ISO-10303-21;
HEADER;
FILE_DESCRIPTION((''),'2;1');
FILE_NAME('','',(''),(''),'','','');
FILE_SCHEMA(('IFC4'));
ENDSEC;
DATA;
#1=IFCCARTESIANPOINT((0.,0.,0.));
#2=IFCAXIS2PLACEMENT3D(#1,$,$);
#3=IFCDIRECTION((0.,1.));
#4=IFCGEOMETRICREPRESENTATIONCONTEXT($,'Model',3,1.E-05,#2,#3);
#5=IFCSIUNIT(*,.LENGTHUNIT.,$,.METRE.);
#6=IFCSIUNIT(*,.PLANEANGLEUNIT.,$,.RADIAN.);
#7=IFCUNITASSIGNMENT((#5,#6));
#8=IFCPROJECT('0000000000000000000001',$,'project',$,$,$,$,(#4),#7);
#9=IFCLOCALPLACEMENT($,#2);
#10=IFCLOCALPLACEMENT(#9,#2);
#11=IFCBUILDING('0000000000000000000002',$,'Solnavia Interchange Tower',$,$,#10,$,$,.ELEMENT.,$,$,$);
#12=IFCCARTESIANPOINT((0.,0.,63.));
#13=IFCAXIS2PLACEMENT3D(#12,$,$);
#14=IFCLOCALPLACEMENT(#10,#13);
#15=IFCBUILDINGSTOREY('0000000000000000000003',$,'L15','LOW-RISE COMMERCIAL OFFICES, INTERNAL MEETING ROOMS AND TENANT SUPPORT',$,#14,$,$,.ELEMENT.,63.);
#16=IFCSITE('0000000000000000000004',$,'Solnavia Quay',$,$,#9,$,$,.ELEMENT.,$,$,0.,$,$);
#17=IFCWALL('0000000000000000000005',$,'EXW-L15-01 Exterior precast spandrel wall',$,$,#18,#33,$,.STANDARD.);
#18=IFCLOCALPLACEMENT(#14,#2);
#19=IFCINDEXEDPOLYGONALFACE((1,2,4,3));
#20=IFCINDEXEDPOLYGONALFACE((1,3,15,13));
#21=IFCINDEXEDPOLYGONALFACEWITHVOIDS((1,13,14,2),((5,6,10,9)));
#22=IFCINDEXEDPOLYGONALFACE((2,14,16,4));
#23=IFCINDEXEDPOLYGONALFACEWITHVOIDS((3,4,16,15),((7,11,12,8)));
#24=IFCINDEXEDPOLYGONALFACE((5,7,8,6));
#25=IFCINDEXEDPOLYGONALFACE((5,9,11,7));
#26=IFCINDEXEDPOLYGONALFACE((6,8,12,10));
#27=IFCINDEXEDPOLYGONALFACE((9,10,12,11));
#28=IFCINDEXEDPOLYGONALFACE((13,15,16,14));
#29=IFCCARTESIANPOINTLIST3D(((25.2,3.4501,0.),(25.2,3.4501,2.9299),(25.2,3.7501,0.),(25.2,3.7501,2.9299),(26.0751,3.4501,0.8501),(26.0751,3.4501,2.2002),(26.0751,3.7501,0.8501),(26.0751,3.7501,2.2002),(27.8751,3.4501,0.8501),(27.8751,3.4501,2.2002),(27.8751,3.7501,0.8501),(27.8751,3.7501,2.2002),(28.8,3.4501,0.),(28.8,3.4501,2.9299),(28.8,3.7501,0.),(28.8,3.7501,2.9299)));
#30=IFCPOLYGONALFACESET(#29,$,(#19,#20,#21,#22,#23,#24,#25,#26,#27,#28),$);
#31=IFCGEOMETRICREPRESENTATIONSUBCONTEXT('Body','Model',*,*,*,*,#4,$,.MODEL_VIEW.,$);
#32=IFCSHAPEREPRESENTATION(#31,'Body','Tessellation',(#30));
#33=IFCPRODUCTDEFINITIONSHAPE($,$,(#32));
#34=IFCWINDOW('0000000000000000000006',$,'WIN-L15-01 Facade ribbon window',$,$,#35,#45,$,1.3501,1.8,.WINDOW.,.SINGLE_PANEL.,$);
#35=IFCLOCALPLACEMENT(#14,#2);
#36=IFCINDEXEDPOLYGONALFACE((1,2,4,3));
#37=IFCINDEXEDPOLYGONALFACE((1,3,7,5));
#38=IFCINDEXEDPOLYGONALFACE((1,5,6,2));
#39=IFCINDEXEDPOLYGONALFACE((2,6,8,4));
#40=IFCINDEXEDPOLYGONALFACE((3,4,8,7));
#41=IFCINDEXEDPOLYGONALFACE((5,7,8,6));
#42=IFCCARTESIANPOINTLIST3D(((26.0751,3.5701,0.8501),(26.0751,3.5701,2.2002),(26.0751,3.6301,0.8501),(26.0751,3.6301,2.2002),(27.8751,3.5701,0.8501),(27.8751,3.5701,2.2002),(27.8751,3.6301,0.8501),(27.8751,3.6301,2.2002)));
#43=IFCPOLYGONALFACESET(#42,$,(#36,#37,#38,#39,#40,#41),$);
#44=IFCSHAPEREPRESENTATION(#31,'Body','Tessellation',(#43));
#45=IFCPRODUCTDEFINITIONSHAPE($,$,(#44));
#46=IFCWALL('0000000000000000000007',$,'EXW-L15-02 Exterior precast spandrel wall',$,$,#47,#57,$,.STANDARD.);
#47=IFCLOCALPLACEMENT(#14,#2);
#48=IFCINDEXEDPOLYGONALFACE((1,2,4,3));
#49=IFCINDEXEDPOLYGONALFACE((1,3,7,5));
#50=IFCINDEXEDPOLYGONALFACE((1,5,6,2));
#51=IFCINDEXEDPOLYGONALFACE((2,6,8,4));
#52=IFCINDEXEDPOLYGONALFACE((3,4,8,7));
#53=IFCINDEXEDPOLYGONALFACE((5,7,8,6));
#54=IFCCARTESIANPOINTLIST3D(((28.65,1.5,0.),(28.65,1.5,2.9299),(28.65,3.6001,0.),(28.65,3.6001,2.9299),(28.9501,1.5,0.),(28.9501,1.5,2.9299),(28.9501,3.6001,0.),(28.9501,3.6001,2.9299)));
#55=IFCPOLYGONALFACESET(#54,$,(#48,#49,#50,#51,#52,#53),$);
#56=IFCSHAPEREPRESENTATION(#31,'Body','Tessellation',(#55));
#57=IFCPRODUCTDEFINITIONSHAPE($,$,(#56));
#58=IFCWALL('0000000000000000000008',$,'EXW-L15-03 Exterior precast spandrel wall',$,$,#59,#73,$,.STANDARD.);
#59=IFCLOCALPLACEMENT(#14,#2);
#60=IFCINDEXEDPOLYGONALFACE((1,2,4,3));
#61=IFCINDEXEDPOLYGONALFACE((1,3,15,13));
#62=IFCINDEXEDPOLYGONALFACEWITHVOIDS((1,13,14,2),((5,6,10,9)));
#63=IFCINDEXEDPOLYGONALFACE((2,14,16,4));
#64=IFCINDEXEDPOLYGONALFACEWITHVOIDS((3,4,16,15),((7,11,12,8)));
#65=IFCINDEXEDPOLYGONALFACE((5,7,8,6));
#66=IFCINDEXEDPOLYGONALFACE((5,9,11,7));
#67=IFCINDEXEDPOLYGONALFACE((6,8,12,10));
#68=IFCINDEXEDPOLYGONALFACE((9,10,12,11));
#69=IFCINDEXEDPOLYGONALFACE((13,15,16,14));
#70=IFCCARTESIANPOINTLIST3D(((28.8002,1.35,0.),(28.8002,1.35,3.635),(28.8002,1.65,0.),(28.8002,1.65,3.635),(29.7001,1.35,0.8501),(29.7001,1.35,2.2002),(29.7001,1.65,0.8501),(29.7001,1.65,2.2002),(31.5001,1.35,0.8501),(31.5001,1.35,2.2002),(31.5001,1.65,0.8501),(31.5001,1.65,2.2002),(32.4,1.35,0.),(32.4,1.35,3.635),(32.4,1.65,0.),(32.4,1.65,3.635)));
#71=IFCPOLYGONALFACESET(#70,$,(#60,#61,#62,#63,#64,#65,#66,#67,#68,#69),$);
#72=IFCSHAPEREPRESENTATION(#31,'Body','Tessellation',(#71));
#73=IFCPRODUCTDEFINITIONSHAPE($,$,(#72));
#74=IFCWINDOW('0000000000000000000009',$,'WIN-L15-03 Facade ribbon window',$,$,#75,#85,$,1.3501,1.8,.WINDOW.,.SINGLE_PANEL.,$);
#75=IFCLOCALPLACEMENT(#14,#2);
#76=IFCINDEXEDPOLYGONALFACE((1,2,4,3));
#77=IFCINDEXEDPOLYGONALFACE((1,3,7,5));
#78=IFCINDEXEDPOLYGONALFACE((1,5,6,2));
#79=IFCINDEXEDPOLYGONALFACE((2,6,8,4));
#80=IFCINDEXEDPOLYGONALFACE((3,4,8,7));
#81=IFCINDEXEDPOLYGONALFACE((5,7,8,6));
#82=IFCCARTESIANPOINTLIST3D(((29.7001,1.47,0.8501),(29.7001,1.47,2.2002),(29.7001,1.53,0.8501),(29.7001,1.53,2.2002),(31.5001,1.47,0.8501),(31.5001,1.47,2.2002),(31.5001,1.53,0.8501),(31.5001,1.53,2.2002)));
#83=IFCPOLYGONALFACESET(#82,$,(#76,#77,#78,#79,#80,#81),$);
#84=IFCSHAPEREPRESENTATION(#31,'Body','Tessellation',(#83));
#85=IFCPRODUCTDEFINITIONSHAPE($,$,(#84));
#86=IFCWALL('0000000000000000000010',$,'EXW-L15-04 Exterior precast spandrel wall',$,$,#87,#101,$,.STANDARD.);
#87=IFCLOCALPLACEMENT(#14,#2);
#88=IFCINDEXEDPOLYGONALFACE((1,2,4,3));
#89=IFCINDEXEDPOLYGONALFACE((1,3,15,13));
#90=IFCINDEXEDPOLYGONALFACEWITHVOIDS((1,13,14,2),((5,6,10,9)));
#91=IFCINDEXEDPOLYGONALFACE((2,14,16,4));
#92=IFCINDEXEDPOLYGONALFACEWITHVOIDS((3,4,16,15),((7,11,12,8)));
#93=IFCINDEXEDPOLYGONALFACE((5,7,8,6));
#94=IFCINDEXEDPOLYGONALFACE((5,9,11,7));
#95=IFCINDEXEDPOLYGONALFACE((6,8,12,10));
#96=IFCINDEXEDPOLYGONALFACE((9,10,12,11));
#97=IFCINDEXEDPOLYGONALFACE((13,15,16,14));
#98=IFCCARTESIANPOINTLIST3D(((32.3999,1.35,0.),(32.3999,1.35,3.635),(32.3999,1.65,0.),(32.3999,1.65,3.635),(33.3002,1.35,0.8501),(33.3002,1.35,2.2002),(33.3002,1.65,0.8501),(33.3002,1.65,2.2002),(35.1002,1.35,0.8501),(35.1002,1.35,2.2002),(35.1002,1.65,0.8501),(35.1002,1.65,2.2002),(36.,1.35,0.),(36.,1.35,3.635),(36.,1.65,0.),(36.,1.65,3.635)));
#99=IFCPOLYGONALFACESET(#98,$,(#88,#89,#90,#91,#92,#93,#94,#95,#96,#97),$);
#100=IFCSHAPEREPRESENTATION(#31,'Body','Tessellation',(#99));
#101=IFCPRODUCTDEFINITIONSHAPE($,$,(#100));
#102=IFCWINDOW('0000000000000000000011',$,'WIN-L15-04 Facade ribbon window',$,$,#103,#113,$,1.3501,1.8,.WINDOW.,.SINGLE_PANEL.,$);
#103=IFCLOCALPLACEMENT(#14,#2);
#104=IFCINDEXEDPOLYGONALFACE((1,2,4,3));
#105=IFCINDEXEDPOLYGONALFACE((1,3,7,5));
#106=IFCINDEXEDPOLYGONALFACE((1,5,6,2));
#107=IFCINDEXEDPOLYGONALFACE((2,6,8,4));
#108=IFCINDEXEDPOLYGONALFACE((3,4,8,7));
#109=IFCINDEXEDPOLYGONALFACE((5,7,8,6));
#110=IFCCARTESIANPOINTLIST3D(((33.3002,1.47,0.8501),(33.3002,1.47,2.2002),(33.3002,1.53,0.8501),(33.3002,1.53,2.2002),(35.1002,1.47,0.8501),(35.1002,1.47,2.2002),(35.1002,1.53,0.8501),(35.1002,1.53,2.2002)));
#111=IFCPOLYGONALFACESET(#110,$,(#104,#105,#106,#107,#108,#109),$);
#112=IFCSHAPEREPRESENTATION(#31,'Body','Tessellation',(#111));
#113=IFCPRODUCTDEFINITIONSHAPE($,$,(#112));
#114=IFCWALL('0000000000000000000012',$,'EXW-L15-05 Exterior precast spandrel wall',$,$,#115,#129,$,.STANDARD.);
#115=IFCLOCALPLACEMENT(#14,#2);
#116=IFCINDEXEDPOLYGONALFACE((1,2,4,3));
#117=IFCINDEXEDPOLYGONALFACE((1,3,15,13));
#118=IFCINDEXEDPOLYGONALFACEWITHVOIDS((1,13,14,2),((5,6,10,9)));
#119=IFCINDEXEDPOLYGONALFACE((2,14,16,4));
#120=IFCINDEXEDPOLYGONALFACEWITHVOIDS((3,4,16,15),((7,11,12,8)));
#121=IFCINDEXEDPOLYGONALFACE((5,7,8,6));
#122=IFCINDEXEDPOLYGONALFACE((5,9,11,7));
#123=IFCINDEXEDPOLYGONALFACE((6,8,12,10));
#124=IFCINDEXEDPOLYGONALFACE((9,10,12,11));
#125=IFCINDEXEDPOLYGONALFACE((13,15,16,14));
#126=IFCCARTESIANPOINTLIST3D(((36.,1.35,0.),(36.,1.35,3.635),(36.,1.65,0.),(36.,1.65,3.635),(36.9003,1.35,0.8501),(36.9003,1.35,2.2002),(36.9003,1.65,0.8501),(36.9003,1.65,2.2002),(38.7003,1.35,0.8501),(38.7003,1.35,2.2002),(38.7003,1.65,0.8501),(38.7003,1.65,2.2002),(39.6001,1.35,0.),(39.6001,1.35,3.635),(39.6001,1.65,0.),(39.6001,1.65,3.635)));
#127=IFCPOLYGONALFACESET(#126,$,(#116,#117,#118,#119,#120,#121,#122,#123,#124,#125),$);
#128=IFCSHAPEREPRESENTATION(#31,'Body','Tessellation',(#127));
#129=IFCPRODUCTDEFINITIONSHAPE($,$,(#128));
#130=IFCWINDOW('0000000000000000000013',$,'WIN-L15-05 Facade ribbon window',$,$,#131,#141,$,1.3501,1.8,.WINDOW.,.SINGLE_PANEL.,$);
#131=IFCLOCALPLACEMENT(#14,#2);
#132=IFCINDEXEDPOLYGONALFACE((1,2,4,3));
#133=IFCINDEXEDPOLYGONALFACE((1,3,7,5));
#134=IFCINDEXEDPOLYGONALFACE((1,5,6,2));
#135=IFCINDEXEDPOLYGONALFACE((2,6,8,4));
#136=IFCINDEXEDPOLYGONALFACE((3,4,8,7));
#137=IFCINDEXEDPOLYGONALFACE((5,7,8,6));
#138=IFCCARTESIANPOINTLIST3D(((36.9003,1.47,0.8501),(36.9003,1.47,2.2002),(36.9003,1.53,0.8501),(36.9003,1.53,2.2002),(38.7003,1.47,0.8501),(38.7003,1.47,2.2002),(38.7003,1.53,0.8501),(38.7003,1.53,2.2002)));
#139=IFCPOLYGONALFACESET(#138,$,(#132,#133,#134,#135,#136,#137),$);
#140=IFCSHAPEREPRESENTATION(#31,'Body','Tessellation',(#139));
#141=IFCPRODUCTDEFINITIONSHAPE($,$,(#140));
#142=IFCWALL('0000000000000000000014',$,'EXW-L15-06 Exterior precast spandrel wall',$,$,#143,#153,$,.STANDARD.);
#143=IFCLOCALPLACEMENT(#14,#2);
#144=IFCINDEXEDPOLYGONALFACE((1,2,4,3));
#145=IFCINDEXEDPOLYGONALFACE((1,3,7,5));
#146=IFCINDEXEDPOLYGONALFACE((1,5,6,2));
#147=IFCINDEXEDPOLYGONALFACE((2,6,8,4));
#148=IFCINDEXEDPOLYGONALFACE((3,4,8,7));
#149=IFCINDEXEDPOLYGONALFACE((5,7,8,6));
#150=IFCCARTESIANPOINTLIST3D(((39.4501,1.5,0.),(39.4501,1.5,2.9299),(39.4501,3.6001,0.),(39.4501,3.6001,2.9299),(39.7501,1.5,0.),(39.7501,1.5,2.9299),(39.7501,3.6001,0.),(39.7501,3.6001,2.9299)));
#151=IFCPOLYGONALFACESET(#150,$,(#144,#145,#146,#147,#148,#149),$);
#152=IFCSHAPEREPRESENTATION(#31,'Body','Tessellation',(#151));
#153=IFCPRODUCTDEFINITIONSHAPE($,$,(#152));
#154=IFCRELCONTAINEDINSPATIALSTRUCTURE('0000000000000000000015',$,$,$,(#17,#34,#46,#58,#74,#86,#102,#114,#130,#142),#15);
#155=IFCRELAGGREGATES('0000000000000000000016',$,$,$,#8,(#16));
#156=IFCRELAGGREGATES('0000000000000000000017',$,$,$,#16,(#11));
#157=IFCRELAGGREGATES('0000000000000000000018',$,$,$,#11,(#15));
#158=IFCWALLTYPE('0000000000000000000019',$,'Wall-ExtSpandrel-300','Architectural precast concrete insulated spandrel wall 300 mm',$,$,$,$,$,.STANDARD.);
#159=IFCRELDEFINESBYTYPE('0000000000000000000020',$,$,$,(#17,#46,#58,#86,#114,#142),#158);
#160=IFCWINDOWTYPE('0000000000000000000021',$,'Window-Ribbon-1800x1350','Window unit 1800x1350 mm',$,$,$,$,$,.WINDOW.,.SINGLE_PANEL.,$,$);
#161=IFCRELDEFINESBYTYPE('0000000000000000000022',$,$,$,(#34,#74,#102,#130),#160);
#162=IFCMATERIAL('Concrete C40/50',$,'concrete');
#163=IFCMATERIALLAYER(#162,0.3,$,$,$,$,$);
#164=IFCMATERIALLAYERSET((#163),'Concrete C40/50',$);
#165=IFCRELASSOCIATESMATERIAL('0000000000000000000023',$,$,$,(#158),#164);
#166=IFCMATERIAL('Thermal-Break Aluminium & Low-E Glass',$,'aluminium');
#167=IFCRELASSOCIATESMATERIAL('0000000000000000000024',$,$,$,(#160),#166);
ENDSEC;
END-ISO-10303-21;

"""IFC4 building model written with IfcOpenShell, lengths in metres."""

from ifc_helpers import new_model, si_unit, direction, frame, frame_2d, origin, place, context, subcontext, project, spatial, rectangle, extrude, material, layer, layer_set, type_object, element, fill, save


model = new_model("IFC4")

# Units and contexts
model_context = context("Model", 3, precision=1e-05, world=origin(), true_north=direction((0.0, 1.0)))
body_context = subcontext(model_context, "Body", "Model", "MODEL_VIEW")
ifc_project = project(units=[si_unit("LENGTHUNIT", "METRE"), si_unit("PLANEANGLEUNIT", "RADIAN")], contexts=[model_context])

# Site, building, storey
site_placement = place(None, origin())
site = spatial("IfcSite", under=ifc_project, at=site_placement, Name="Solnavia Quay", CompositionType="ELEMENT", RefElevation=0.0)
building_placement = place(site_placement, origin())
building = spatial("IfcBuilding", under=site, at=building_placement, Name="Solnavia Interchange Tower", CompositionType="ELEMENT")
storey_placement = place(building_placement, frame((0.0, 0.0, 63.0)))
storey = spatial("IfcBuildingStorey", under=building, at=storey_placement, Name="L15", Description="LOW-RISE COMMERCIAL OFFICES, INTERNAL MEETING ROOMS AND TENANT SUPPORT", CompositionType="ELEMENT", Elevation=63.0)

# Wall, opening, window
ifc_material_1 = material(Name="Concrete C40/50", Category="concrete")
ifc_layer_1 = layer(ifc_material_1, 0.3)
ifc_layer_set_1 = layer_set([ifc_layer_1], Name="Concrete C40/50")
wall_type_1 = type_object("IfcWallType", Name="Wall-ExtSpandrel-300", Description="Architectural precast concrete insulated spandrel wall 300 mm", PredefinedType="STANDARD", material=ifc_layer_set_1)
wall_1_placement = place(storey_placement, frame((28.8, 3.6001, 0.0), z_axis=(0.0, 0.0, 1.0), x_axis=(-1.0, 0.0, 0.0)))
wall_1 = element("IfcWall", 1, at=wall_1_placement, inside=storey, type_object=wall_type_1, Name="EXW-L15-01 Exterior precast spandrel wall", PredefinedType="STANDARD", context=body_context, shape_type="SweptSolid", body=[
    extrude(rectangle(XDim=3.6001, YDim=0.3, at=frame_2d((1.8, 0.0))), origin(), (0.0, 0.0, 1.0), 2.9299),
])
opening_1_placement = place(wall_1_placement, frame((0.925, 0.0, 0.8501)))
opening_1 = element("IfcOpeningElement", 2, at=opening_1_placement, cuts=wall_1, PredefinedType="OPENING", context=body_context, shape_type="SweptSolid", body=[
    extrude(rectangle(XDim=1.8, YDim=1.3501, at=frame_2d((0.8999, 0.675))), frame((0.0, 0.1602, 0.0), z_axis=(0.0, -1.0, 0.0), x_axis=(1.0, 0.0, 0.0)), (0.0, 0.0, 1.0), 0.3201),
])
ifc_material_2 = material(Name="Thermal-Break Aluminium & Low-E Glass", Category="aluminium")
window_type_1 = type_object("IfcWindowType", Name="Window-Ribbon-1800x1350", Description="Window unit 1800x1350 mm", PartitioningType="SINGLE_PANEL", PredefinedType="WINDOW", material=ifc_material_2)
window_1_placement = place(opening_1_placement, origin())
window_1 = element("IfcWindow", 3, at=window_1_placement, inside=storey, type_object=window_type_1, Name="WIN-L15-01 Facade ribbon window", OverallHeight=1.3501, OverallWidth=1.8, PartitioningType="SINGLE_PANEL", PredefinedType="WINDOW", context=body_context, shape_type="SweptSolid", body=[
    extrude(rectangle(XDim=1.8, YDim=1.3501, at=frame_2d((0.8999, 0.675))), frame((0.0, 0.03, 0.0), z_axis=(0.0, -1.0, 0.0), x_axis=(1.0, 0.0, 0.0)), (0.0, 0.0, 1.0), 0.0601),
])
fill(opening_1, window_1)

# Wall
wall_2_placement = place(storey_placement, frame((28.8, 1.5, 0.0), z_axis=(0.0, 0.0, 1.0), x_axis=(0.0, 1.0, 0.0)))
element("IfcWall", 4, at=wall_2_placement, inside=storey, type_object=wall_type_1, Name="EXW-L15-02 Exterior precast spandrel wall", PredefinedType="STANDARD", context=body_context, shape_type="SweptSolid", body=[
    extrude(rectangle(XDim=2.1001, YDim=0.3, at=frame_2d((1.05, 0.0))), origin(), (0.0, 0.0, 1.0), 2.9299),
])

# Walls, openings, windows
wall_3_placement = place(storey_placement, frame((32.3999, 1.5, 0.0), z_axis=(0.0, 0.0, 1.0), x_axis=(-1.0, 0.0, 0.0)))
wall_3 = element("IfcWall", 5, at=wall_3_placement, inside=storey, type_object=wall_type_1, Name="EXW-L15-03 Exterior precast spandrel wall", PredefinedType="STANDARD", context=body_context, shape_type="SweptSolid", body=[
    extrude(rectangle(XDim=3.5999, YDim=0.3, at=frame_2d((1.7998, 0.0))), origin(), (0.0, 0.0, 1.0), 3.635),
])
opening_2_placement = place(wall_3_placement, frame((0.8999, 0.0, 0.8501)))
opening_2 = element("IfcOpeningElement", 6, at=opening_2_placement, cuts=wall_3, PredefinedType="OPENING", context=body_context, shape_type="SweptSolid", body=[
    extrude(rectangle(XDim=1.8, YDim=1.3501, at=frame_2d((0.8999, 0.675))), frame((0.0, 0.1602, 0.0), z_axis=(0.0, -1.0, 0.0), x_axis=(1.0, 0.0, 0.0)), (0.0, 0.0, 1.0), 0.3201),
])
window_2_placement = place(opening_2_placement, origin())
window_2 = element("IfcWindow", 7, at=window_2_placement, inside=storey, type_object=window_type_1, Name="WIN-L15-03 Facade ribbon window", OverallHeight=1.3501, OverallWidth=1.8, PartitioningType="SINGLE_PANEL", PredefinedType="WINDOW", context=body_context, shape_type="SweptSolid", body=[
    extrude(rectangle(XDim=1.8, YDim=1.3501, at=frame_2d((0.8999, 0.675))), frame((0.0, 0.03, 0.0), z_axis=(0.0, -1.0, 0.0), x_axis=(1.0, 0.0, 0.0)), (0.0, 0.0, 1.0), 0.0601),
])
fill(opening_2, window_2)
wall_4_placement = place(storey_placement, frame((36.0, 1.5, 0.0), z_axis=(0.0, 0.0, 1.0), x_axis=(-1.0, 0.0, 0.0)))
wall_4 = element("IfcWall", 8, at=wall_4_placement, inside=storey, type_object=wall_type_1, Name="EXW-L15-04 Exterior precast spandrel wall", PredefinedType="STANDARD", context=body_context, shape_type="SweptSolid", body=[
    extrude(rectangle(XDim=3.6001, YDim=0.3, at=frame_2d((1.8, 0.0))), origin(), (0.0, 0.0, 1.0), 3.635),
])
opening_3_placement = place(wall_4_placement, frame((0.8999, 0.0, 0.8501)))
opening_3 = element("IfcOpeningElement", 9, at=opening_3_placement, cuts=wall_4, PredefinedType="OPENING", context=body_context, shape_type="SweptSolid", body=[
    extrude(rectangle(XDim=1.8, YDim=1.3501, at=frame_2d((0.8999, 0.675))), frame((0.0, 0.1602, 0.0), z_axis=(0.0, -1.0, 0.0), x_axis=(1.0, 0.0, 0.0)), (0.0, 0.0, 1.0), 0.3201),
])
window_3_placement = place(opening_3_placement, origin())
window_3 = element("IfcWindow", 10, at=window_3_placement, inside=storey, type_object=window_type_1, Name="WIN-L15-04 Facade ribbon window", OverallHeight=1.3501, OverallWidth=1.8, PartitioningType="SINGLE_PANEL", PredefinedType="WINDOW", context=body_context, shape_type="SweptSolid", body=[
    extrude(rectangle(XDim=1.8, YDim=1.3501, at=frame_2d((0.8999, 0.675))), frame((0.0, 0.03, 0.0), z_axis=(0.0, -1.0, 0.0), x_axis=(1.0, 0.0, 0.0)), (0.0, 0.0, 1.0), 0.0601),
])
fill(opening_3, window_3)
wall_5_placement = place(storey_placement, frame((39.6001, 1.5, 0.0), z_axis=(0.0, 0.0, 1.0), x_axis=(-1.0, 0.0, 0.0)))
wall_5 = element("IfcWall", 11, at=wall_5_placement, inside=storey, type_object=wall_type_1, Name="EXW-L15-05 Exterior precast spandrel wall", PredefinedType="STANDARD", context=body_context, shape_type="SweptSolid", body=[
    extrude(rectangle(XDim=3.6001, YDim=0.3, at=frame_2d((1.8, 0.0))), origin(), (0.0, 0.0, 1.0), 3.635),
])
opening_4_placement = place(wall_5_placement, frame((0.8999, 0.0, 0.8501)))
opening_4 = element("IfcOpeningElement", 12, at=opening_4_placement, cuts=wall_5, PredefinedType="OPENING", context=body_context, shape_type="SweptSolid", body=[
    extrude(rectangle(XDim=1.8, YDim=1.3501, at=frame_2d((0.8999, 0.675))), frame((0.0, 0.1602, 0.0), z_axis=(0.0, -1.0, 0.0), x_axis=(1.0, 0.0, 0.0)), (0.0, 0.0, 1.0), 0.3201),
])
window_4_placement = place(opening_4_placement, origin())
window_4 = element("IfcWindow", 13, at=window_4_placement, inside=storey, type_object=window_type_1, Name="WIN-L15-05 Facade ribbon window", OverallHeight=1.3501, OverallWidth=1.8, PartitioningType="SINGLE_PANEL", PredefinedType="WINDOW", context=body_context, shape_type="SweptSolid", body=[
    extrude(rectangle(XDim=1.8, YDim=1.3501, at=frame_2d((0.8999, 0.675))), frame((0.0, 0.03, 0.0), z_axis=(0.0, -1.0, 0.0), x_axis=(1.0, 0.0, 0.0)), (0.0, 0.0, 1.0), 0.0601),
])
fill(opening_4, window_4)

# Wall
wall_6_placement = place(storey_placement, frame((39.6001, 3.6001, 0.0), z_axis=(0.0, 0.0, 1.0), x_axis=(0.0, -1.0, 0.0)))
element("IfcWall", 14, at=wall_6_placement, inside=storey, type_object=wall_type_1, Name="EXW-L15-06 Exterior precast spandrel wall", PredefinedType="STANDARD", context=body_context, shape_type="SweptSolid", body=[
    extrude(rectangle(XDim=2.1001, YDim=0.3, at=frame_2d((1.05, 0.0))), origin(), (0.0, 0.0, 1.0), 2.9299),
])

save(model, "model.ifc")
